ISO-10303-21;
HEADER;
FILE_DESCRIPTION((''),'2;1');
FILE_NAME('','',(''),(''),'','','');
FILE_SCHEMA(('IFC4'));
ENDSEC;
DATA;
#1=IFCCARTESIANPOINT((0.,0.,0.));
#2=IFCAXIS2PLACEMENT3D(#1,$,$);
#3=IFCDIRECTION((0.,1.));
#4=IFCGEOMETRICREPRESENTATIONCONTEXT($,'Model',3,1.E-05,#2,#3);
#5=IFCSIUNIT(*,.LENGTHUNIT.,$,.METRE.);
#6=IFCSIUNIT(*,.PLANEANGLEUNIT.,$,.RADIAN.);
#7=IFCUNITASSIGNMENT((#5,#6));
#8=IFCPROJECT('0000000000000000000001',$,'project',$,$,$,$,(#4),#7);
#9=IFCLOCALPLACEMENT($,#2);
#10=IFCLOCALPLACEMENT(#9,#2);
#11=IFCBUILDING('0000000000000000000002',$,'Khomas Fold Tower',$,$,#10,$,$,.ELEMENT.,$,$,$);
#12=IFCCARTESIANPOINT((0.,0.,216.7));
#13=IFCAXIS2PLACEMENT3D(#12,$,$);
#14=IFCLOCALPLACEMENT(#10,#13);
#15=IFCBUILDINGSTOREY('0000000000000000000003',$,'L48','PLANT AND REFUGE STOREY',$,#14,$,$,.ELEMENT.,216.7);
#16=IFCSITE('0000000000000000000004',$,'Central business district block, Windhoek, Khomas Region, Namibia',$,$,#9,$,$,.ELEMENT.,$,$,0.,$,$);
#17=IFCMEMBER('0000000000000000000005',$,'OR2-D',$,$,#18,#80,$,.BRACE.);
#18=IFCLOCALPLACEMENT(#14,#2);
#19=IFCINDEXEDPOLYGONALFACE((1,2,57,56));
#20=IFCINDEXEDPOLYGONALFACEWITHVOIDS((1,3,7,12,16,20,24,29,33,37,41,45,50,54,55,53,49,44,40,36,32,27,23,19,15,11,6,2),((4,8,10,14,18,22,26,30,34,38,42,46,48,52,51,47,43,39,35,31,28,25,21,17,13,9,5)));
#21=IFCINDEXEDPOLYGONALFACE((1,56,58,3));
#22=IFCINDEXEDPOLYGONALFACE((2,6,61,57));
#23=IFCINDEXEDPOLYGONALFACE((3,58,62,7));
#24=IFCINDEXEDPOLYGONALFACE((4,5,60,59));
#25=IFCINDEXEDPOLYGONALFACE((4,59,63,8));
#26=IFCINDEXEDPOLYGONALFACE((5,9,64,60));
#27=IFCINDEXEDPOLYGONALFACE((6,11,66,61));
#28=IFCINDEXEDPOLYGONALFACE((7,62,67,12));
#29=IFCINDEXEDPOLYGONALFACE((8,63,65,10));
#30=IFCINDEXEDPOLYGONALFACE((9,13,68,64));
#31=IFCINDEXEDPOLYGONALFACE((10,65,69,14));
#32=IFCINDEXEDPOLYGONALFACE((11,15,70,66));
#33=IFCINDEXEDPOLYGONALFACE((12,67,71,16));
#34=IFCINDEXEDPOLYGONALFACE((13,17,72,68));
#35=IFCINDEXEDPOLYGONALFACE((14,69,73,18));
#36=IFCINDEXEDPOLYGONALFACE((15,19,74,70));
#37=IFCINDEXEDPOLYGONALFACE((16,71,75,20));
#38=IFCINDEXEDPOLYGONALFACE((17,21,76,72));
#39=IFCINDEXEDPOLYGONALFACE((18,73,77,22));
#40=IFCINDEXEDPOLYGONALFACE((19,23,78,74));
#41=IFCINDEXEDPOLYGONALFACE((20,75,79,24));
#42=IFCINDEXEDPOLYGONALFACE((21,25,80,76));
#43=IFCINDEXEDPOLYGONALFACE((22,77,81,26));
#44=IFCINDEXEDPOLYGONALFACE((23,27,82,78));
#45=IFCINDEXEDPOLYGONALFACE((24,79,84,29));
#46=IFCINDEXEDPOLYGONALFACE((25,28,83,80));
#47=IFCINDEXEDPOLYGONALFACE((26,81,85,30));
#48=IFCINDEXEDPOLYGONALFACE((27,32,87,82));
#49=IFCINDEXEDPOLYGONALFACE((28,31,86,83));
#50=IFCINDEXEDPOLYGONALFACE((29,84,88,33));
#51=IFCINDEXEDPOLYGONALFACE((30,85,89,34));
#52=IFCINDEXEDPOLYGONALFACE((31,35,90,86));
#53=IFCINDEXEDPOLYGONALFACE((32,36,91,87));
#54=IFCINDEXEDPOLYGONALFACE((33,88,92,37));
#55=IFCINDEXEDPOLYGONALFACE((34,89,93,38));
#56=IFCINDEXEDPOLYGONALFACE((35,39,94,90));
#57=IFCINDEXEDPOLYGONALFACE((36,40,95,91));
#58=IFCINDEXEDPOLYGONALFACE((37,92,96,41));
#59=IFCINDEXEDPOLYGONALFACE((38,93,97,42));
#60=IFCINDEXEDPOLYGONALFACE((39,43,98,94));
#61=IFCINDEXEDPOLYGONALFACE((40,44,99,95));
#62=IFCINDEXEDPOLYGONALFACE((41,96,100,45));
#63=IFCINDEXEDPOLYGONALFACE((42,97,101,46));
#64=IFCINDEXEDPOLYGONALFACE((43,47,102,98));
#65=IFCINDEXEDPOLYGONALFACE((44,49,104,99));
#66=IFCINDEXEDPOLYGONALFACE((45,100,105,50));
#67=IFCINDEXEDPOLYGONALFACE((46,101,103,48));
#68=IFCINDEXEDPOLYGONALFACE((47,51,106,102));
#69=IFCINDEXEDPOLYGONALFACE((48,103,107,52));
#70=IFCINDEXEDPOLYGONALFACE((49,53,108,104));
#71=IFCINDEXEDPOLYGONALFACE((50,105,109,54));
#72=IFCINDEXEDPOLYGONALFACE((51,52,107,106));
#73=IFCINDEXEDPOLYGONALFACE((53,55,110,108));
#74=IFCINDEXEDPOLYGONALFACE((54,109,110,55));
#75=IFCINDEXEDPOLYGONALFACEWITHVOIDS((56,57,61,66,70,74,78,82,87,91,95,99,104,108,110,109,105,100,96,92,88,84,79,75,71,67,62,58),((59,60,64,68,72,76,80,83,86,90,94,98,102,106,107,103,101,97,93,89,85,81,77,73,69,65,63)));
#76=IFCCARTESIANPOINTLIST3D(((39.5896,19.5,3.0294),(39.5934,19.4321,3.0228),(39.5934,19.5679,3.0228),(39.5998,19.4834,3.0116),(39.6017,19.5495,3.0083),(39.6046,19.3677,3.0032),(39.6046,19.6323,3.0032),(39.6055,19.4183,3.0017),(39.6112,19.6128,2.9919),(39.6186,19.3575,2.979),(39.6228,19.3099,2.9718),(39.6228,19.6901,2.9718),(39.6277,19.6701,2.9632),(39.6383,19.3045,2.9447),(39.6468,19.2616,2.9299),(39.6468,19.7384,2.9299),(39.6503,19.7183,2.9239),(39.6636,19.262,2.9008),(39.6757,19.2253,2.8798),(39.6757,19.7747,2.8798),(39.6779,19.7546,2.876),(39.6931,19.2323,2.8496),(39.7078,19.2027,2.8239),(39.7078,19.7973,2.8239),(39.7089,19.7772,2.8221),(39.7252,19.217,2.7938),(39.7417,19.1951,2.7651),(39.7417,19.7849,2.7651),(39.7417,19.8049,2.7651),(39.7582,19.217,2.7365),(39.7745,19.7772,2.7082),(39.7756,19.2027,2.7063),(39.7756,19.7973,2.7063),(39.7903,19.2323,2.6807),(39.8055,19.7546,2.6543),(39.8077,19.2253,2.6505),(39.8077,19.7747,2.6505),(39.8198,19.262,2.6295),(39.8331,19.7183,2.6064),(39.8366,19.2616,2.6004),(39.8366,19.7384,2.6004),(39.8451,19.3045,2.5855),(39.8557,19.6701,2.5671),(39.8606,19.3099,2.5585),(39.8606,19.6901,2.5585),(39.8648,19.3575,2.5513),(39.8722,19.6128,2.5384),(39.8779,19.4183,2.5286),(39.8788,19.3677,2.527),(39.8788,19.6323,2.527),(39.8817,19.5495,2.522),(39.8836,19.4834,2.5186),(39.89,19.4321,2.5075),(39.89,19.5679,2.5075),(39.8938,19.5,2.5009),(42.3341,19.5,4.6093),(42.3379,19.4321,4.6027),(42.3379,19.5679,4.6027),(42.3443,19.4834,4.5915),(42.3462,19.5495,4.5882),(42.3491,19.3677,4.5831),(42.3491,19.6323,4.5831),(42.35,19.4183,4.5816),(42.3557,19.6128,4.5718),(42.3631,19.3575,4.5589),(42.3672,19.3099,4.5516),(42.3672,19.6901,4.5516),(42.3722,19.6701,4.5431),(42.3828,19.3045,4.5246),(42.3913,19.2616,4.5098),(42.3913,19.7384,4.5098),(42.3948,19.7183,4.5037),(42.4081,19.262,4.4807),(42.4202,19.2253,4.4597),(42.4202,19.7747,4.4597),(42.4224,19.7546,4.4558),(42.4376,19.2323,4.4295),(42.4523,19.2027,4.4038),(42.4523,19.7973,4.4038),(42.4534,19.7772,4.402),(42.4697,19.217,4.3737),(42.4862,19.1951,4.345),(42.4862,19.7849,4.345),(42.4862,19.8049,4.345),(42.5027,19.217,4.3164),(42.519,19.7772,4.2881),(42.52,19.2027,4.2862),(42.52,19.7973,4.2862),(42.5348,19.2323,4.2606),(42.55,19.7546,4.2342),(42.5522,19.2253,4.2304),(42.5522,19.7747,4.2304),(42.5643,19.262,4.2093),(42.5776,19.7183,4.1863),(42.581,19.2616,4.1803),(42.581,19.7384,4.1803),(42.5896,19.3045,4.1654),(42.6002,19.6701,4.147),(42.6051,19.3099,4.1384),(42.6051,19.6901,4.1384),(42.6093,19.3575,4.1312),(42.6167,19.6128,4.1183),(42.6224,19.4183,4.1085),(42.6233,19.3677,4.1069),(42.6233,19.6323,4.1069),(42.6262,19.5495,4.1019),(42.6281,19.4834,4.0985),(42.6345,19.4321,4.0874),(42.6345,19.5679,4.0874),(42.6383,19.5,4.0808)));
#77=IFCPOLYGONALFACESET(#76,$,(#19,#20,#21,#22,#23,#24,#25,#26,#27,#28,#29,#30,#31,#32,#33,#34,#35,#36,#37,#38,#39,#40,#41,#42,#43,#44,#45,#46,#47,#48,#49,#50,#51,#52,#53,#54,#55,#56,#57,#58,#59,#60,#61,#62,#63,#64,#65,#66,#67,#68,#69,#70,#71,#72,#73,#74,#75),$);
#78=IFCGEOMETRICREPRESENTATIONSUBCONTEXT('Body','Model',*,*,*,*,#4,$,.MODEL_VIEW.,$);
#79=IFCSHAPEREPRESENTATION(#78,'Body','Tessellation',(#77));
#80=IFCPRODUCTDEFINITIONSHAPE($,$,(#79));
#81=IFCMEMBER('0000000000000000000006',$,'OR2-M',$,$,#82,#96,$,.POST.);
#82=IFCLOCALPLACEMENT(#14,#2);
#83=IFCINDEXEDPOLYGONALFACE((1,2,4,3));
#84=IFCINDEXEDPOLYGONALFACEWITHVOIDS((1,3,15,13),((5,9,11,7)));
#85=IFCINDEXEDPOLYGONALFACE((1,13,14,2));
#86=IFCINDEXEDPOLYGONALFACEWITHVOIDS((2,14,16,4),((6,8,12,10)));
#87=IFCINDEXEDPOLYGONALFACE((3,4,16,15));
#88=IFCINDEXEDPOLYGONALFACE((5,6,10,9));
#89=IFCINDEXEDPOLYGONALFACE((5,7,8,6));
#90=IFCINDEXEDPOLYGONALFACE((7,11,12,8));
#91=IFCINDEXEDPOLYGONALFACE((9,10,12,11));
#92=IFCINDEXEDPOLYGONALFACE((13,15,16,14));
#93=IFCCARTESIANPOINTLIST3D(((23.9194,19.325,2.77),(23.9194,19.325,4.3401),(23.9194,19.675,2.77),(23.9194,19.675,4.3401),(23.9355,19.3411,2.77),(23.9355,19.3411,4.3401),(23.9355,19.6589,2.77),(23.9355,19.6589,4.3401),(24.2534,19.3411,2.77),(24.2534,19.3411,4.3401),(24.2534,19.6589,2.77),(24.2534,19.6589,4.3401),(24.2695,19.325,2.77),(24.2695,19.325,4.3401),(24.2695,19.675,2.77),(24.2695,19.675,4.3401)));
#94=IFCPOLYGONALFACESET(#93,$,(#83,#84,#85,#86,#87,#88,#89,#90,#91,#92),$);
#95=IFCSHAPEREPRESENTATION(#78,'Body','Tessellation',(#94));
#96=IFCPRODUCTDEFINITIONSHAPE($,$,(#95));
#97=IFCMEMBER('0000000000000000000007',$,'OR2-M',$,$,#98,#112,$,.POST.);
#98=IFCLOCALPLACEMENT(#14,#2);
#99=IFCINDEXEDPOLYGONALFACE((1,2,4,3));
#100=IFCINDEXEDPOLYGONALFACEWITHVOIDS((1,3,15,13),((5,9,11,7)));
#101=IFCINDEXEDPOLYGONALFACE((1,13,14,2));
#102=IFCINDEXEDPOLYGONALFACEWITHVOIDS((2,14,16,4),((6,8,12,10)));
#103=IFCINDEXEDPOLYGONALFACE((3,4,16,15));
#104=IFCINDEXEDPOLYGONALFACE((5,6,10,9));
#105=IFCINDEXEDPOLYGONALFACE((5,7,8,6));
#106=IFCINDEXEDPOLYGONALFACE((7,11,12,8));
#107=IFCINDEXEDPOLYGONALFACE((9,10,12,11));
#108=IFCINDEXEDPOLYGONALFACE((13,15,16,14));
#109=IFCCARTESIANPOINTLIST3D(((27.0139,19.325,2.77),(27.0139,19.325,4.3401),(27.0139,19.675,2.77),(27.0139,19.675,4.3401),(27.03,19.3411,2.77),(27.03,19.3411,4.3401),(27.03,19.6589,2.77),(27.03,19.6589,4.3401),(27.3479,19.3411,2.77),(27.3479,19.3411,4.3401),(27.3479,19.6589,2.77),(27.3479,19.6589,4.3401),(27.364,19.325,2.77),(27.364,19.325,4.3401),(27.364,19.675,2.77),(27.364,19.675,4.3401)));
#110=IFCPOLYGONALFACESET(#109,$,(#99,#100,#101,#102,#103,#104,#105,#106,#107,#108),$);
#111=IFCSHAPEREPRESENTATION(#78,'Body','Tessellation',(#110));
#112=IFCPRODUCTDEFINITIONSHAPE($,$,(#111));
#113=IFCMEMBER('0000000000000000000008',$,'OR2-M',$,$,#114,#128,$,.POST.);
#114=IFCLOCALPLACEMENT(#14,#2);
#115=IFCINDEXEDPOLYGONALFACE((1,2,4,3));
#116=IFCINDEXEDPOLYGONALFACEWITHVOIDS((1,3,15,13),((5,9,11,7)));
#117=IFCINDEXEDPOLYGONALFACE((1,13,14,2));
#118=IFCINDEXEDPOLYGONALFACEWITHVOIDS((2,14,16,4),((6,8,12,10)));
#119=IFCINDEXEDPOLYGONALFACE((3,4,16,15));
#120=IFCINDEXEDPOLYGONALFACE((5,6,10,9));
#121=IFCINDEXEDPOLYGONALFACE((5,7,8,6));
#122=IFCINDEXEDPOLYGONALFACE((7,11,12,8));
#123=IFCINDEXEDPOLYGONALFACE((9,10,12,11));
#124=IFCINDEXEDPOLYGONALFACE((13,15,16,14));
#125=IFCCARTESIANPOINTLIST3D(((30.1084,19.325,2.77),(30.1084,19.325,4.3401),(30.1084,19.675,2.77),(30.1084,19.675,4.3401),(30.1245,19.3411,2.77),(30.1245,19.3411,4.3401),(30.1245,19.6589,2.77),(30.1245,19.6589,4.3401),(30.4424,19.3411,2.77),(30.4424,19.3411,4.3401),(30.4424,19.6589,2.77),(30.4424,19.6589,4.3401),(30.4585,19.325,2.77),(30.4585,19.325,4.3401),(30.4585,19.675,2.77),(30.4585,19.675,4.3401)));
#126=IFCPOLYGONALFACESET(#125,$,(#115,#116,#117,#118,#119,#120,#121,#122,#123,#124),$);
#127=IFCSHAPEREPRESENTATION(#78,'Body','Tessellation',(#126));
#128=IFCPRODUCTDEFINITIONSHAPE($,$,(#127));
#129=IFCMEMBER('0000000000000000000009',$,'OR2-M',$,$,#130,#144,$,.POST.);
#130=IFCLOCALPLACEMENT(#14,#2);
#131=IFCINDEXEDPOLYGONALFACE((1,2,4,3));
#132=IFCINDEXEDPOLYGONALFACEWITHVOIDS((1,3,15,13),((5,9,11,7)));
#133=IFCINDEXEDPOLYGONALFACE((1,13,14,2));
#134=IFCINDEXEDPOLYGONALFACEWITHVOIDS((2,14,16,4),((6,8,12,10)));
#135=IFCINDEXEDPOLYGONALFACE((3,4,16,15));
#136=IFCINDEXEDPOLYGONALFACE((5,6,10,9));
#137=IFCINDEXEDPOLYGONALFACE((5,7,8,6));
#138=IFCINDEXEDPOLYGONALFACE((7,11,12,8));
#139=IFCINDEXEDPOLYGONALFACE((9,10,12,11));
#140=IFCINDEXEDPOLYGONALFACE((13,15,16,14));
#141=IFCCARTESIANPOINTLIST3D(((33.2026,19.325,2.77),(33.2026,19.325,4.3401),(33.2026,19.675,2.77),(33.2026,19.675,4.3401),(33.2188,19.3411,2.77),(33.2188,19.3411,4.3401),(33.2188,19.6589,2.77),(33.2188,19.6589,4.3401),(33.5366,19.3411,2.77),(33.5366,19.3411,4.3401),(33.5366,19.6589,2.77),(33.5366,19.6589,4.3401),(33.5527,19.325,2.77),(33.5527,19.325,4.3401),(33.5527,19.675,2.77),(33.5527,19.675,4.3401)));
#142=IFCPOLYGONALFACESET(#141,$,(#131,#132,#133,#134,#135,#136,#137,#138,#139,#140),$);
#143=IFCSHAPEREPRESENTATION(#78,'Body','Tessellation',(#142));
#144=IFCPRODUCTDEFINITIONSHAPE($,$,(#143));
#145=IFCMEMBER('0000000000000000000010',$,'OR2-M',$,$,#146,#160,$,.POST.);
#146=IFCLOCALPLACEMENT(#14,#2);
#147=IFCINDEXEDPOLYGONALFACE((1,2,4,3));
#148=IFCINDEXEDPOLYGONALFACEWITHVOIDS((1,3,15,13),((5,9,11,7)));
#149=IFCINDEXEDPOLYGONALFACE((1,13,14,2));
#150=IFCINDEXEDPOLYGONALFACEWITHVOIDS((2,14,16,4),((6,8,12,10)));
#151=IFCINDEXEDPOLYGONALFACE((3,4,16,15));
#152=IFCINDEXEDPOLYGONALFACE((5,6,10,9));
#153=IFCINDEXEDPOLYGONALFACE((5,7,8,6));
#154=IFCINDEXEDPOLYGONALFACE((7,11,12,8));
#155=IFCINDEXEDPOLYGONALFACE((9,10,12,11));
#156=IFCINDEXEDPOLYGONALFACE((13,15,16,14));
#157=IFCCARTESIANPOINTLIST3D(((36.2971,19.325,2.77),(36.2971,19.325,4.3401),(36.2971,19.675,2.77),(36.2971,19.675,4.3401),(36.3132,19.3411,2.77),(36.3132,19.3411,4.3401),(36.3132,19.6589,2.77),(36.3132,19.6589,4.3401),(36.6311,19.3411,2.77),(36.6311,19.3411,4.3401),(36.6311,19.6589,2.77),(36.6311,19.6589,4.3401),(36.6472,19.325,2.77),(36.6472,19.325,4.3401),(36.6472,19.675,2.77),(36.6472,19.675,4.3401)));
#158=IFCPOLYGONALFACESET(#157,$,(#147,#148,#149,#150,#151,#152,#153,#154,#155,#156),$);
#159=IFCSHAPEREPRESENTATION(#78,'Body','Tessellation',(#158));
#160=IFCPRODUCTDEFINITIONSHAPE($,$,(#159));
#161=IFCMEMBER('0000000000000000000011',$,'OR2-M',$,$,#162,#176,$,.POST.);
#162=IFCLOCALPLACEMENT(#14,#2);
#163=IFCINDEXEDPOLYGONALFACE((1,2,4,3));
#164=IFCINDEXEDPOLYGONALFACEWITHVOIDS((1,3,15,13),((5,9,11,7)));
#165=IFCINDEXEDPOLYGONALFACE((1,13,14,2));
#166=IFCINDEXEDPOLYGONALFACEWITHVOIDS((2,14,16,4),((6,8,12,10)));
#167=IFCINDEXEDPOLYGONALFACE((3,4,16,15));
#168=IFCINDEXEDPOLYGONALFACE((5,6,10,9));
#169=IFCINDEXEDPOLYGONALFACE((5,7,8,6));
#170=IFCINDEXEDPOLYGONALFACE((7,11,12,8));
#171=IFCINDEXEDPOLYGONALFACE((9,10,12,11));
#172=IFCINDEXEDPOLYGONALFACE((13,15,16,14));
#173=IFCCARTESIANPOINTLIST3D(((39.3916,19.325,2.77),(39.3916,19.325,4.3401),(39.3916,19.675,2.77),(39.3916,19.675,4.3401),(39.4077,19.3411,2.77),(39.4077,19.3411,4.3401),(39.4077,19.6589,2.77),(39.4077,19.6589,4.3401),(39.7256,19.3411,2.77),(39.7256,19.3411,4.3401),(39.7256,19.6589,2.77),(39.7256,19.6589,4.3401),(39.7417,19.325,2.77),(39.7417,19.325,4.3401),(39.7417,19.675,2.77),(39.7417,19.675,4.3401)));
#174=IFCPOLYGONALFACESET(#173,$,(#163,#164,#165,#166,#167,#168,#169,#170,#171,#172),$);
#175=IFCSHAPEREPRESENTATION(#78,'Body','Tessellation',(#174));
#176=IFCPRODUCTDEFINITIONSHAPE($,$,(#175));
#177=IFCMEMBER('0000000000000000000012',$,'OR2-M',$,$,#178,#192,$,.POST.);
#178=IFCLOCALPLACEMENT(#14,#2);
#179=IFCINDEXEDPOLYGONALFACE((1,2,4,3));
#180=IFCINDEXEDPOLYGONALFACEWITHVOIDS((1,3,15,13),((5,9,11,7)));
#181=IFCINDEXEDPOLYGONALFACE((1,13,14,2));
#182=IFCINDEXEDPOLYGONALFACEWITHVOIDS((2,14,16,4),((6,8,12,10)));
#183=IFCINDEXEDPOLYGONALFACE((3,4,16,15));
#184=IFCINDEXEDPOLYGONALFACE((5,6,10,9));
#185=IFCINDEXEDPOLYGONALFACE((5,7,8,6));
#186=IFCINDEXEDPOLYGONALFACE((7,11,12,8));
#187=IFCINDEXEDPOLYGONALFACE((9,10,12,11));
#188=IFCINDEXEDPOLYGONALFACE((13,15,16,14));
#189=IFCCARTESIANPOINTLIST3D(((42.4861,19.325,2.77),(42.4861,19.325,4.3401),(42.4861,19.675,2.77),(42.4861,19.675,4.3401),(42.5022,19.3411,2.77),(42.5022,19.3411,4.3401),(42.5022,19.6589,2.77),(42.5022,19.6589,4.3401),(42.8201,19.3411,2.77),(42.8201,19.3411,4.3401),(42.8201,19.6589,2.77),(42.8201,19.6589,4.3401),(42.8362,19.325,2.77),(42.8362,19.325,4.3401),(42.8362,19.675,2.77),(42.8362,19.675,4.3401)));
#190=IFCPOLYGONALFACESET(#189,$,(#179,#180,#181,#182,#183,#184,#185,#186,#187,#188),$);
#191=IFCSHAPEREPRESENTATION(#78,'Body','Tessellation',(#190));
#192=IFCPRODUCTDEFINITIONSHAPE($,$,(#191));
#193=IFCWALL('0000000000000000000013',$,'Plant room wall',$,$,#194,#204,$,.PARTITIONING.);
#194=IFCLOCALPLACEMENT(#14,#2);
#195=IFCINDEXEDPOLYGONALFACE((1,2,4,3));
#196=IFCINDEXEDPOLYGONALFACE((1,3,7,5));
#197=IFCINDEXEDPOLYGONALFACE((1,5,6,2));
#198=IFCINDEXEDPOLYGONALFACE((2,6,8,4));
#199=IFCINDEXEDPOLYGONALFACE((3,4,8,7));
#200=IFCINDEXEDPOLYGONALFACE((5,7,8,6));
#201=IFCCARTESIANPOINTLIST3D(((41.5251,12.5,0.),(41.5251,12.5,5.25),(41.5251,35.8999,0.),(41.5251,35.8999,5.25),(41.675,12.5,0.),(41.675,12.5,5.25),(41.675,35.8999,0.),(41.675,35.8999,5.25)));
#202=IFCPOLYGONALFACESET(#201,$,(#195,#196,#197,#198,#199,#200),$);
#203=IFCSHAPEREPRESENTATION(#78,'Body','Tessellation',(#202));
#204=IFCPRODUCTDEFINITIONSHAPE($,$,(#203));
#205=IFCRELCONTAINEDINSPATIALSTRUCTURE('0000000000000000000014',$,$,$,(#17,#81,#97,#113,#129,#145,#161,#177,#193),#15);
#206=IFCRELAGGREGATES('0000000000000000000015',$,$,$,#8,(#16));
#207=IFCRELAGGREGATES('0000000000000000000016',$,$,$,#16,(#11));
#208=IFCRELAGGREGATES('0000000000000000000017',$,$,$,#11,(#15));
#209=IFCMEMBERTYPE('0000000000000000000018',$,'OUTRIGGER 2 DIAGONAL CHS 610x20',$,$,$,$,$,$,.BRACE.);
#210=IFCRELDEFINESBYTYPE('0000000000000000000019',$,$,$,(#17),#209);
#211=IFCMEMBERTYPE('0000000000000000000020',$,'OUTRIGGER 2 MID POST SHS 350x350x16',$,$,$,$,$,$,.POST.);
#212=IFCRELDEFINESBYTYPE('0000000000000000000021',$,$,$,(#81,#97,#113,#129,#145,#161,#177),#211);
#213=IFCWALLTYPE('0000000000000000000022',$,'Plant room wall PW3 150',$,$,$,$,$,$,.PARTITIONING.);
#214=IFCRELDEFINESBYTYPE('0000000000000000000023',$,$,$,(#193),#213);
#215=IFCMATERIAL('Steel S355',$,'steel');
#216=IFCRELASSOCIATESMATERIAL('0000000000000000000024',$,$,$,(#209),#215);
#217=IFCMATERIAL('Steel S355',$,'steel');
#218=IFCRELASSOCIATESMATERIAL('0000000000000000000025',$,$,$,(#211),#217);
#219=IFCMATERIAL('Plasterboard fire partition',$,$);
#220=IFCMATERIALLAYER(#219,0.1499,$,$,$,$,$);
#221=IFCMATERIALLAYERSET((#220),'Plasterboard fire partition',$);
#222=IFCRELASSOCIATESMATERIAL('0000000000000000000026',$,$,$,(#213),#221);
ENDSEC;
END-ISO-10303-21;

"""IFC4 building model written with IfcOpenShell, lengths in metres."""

from ifc_helpers import new_model, si_unit, direction, frame, frame_2d, origin, origin_2d, place, context, subcontext, project, spatial, rectangle, hollow_rectangle, hollow_circle, extrude, source, transform, mapped, material, layer, layer_set, material_profile, profile_set, type_object, element, save


model = new_model("IFC4")

# Units and contexts
model_context = context("Model", 3, precision=1e-05, world=origin(), true_north=direction((0.0, 1.0)))
body_context = subcontext(model_context, "Body", "Model", "MODEL_VIEW")
ifc_project = project(units=[si_unit("LENGTHUNIT", "METRE"), si_unit("PLANEANGLEUNIT", "RADIAN")], contexts=[model_context])

# Site, building, storey
site_placement = place(None, origin())
site = spatial("IfcSite", under=ifc_project, at=site_placement, Name="Central business district block, Windhoek, Khomas Region, Namibia", CompositionType="ELEMENT", RefElevation=0.0)
building_placement = place(site_placement, origin())
building = spatial("IfcBuilding", under=site, at=building_placement, Name="Khomas Fold Tower", CompositionType="ELEMENT")
storey_placement = place(building_placement, frame((0.0, 0.0, 216.7)))
storey = spatial("IfcBuildingStorey", under=building, at=storey_placement, Name="L48", Description="PLANT AND REFUGE STOREY", CompositionType="ELEMENT", Elevation=216.7)

# Members
ifc_material_1 = material(Name="Steel S355", Category="steel")
ifc_material_profile_1 = material_profile(ifc_material_1, hollow_circle(Radius=0.3049, WallThickness=0.02, at=origin_2d()), Name="CHS 610x20")
ifc_profile_set_1 = profile_set([ifc_material_profile_1], Name="Steel S355")
member_type_1 = type_object("IfcMemberType", Name="OUTRIGGER 2 DIAGONAL CHS 610x20", PredefinedType="BRACE", material=ifc_profile_set_1)
shared_shape_1 = source(origin(), body_context, "Body", "SweptSolid", [
    extrude(hollow_circle(Radius=0.3049, WallThickness=0.02, at=origin_2d()), origin(), (0.0, 0.0, 1.0), 3.1667),
])
for number, where, z_axis, x_axis, name in (
    (1, (39.7417, 19.5, 2.7651), (0.866659, 0.0, 0.498901), (0.0, 1.0, 0.0), "OR2-D"),
):
    element("IfcMember", number, at=place(storey_placement, frame(where, z_axis=z_axis, x_axis=x_axis)), inside=storey, type_object=member_type_1, Name=name, PredefinedType="BRACE", context=body_context, shape_type="MappedRepresentation", body=[
        mapped(shared_shape_1, transform((0.0, 0.0, 0.0))),
    ])
ifc_material_2 = material(Name="Steel S355", Category="steel")
ifc_material_profile_2 = material_profile(ifc_material_2, hollow_rectangle(XDim=0.3501, YDim=0.3501, WallThickness=0.0161, at=origin_2d()), Name="SHS 350x350x16")
ifc_profile_set_2 = profile_set([ifc_material_profile_2], Name="Steel S355")
member_type_2 = type_object("IfcMemberType", Name="OUTRIGGER 2 MID POST SHS 350x350x16", PredefinedType="POST", material=ifc_profile_set_2)
shared_shape_2 = source(origin(), body_context, "Body", "SweptSolid", [
    extrude(hollow_rectangle(XDim=0.3501, YDim=0.3501, WallThickness=0.0161, at=origin_2d()), origin(), (0.0, 0.0, 1.0), 1.5701),
])
for number, where, z_axis, x_axis, name in (
    (2, (24.0945, 19.5, 2.77), (0.0, 0.0, 1.0), (1.0, 0.0, 0.0), "OR2-M"),
    (3, (27.189, 19.5, 2.77), (0.0, 0.0, 1.0), (1.0, 0.0, 0.0), "OR2-M"),
    (4, (30.2834, 19.5, 2.77), (0.0, 0.0, 1.0), (1.0, 0.0, 0.0), "OR2-M"),
    (5, (33.3777, 19.5, 2.77), (0.0, 0.0, 1.0), (1.0, 0.0, 0.0), "OR2-M"),
    (6, (36.4722, 19.5, 2.77), (0.0, 0.0, 1.0), (1.0, 0.0, 0.0), "OR2-M"),
    (7, (39.5667, 19.5, 2.77), (0.0, 0.0, 1.0), (1.0, 0.0, 0.0), "OR2-M"),
    (8, (42.6611, 19.5, 2.77), (0.0, 0.0, 1.0), (1.0, 0.0, 0.0), "OR2-M"),
):
    element("IfcMember", number, at=place(storey_placement, frame(where, z_axis=z_axis, x_axis=x_axis)), inside=storey, type_object=member_type_2, Name=name, PredefinedType="POST", context=body_context, shape_type="MappedRepresentation", body=[
        mapped(shared_shape_2, transform((0.0, 0.0, 0.0))),
    ])

# Wall
ifc_material_3 = material(Name="Plasterboard fire partition")
ifc_layer_1 = layer(ifc_material_3, 0.1499)
ifc_layer_set_1 = layer_set([ifc_layer_1], Name="Plasterboard fire partition")
wall_type = type_object("IfcWallType", Name="Plant room wall PW3 150", PredefinedType="PARTITIONING", material=ifc_layer_set_1)
shared_shape_3 = source(origin(), body_context, "Body", "SweptSolid", [
    extrude(rectangle(XDim=23.3999, YDim=0.1499, at=frame_2d((11.7, 0.0))), origin(), (0.0, 0.0, 1.0), 5.25),
])
wall_placement = place(storey_placement, frame((41.6001, 12.5, 0.0), z_axis=(0.0, 0.0, 1.0), x_axis=(0.0, 1.0, 0.0)))
element("IfcWall", 9, at=wall_placement, inside=storey, type_object=wall_type, Name="Plant room wall", PredefinedType="PARTITIONING", context=body_context, shape_type="MappedRepresentation", body=[
    mapped(shared_shape_3, transform((0.0, 0.0, 0.0))),
])

save(model, "model.ifc")
